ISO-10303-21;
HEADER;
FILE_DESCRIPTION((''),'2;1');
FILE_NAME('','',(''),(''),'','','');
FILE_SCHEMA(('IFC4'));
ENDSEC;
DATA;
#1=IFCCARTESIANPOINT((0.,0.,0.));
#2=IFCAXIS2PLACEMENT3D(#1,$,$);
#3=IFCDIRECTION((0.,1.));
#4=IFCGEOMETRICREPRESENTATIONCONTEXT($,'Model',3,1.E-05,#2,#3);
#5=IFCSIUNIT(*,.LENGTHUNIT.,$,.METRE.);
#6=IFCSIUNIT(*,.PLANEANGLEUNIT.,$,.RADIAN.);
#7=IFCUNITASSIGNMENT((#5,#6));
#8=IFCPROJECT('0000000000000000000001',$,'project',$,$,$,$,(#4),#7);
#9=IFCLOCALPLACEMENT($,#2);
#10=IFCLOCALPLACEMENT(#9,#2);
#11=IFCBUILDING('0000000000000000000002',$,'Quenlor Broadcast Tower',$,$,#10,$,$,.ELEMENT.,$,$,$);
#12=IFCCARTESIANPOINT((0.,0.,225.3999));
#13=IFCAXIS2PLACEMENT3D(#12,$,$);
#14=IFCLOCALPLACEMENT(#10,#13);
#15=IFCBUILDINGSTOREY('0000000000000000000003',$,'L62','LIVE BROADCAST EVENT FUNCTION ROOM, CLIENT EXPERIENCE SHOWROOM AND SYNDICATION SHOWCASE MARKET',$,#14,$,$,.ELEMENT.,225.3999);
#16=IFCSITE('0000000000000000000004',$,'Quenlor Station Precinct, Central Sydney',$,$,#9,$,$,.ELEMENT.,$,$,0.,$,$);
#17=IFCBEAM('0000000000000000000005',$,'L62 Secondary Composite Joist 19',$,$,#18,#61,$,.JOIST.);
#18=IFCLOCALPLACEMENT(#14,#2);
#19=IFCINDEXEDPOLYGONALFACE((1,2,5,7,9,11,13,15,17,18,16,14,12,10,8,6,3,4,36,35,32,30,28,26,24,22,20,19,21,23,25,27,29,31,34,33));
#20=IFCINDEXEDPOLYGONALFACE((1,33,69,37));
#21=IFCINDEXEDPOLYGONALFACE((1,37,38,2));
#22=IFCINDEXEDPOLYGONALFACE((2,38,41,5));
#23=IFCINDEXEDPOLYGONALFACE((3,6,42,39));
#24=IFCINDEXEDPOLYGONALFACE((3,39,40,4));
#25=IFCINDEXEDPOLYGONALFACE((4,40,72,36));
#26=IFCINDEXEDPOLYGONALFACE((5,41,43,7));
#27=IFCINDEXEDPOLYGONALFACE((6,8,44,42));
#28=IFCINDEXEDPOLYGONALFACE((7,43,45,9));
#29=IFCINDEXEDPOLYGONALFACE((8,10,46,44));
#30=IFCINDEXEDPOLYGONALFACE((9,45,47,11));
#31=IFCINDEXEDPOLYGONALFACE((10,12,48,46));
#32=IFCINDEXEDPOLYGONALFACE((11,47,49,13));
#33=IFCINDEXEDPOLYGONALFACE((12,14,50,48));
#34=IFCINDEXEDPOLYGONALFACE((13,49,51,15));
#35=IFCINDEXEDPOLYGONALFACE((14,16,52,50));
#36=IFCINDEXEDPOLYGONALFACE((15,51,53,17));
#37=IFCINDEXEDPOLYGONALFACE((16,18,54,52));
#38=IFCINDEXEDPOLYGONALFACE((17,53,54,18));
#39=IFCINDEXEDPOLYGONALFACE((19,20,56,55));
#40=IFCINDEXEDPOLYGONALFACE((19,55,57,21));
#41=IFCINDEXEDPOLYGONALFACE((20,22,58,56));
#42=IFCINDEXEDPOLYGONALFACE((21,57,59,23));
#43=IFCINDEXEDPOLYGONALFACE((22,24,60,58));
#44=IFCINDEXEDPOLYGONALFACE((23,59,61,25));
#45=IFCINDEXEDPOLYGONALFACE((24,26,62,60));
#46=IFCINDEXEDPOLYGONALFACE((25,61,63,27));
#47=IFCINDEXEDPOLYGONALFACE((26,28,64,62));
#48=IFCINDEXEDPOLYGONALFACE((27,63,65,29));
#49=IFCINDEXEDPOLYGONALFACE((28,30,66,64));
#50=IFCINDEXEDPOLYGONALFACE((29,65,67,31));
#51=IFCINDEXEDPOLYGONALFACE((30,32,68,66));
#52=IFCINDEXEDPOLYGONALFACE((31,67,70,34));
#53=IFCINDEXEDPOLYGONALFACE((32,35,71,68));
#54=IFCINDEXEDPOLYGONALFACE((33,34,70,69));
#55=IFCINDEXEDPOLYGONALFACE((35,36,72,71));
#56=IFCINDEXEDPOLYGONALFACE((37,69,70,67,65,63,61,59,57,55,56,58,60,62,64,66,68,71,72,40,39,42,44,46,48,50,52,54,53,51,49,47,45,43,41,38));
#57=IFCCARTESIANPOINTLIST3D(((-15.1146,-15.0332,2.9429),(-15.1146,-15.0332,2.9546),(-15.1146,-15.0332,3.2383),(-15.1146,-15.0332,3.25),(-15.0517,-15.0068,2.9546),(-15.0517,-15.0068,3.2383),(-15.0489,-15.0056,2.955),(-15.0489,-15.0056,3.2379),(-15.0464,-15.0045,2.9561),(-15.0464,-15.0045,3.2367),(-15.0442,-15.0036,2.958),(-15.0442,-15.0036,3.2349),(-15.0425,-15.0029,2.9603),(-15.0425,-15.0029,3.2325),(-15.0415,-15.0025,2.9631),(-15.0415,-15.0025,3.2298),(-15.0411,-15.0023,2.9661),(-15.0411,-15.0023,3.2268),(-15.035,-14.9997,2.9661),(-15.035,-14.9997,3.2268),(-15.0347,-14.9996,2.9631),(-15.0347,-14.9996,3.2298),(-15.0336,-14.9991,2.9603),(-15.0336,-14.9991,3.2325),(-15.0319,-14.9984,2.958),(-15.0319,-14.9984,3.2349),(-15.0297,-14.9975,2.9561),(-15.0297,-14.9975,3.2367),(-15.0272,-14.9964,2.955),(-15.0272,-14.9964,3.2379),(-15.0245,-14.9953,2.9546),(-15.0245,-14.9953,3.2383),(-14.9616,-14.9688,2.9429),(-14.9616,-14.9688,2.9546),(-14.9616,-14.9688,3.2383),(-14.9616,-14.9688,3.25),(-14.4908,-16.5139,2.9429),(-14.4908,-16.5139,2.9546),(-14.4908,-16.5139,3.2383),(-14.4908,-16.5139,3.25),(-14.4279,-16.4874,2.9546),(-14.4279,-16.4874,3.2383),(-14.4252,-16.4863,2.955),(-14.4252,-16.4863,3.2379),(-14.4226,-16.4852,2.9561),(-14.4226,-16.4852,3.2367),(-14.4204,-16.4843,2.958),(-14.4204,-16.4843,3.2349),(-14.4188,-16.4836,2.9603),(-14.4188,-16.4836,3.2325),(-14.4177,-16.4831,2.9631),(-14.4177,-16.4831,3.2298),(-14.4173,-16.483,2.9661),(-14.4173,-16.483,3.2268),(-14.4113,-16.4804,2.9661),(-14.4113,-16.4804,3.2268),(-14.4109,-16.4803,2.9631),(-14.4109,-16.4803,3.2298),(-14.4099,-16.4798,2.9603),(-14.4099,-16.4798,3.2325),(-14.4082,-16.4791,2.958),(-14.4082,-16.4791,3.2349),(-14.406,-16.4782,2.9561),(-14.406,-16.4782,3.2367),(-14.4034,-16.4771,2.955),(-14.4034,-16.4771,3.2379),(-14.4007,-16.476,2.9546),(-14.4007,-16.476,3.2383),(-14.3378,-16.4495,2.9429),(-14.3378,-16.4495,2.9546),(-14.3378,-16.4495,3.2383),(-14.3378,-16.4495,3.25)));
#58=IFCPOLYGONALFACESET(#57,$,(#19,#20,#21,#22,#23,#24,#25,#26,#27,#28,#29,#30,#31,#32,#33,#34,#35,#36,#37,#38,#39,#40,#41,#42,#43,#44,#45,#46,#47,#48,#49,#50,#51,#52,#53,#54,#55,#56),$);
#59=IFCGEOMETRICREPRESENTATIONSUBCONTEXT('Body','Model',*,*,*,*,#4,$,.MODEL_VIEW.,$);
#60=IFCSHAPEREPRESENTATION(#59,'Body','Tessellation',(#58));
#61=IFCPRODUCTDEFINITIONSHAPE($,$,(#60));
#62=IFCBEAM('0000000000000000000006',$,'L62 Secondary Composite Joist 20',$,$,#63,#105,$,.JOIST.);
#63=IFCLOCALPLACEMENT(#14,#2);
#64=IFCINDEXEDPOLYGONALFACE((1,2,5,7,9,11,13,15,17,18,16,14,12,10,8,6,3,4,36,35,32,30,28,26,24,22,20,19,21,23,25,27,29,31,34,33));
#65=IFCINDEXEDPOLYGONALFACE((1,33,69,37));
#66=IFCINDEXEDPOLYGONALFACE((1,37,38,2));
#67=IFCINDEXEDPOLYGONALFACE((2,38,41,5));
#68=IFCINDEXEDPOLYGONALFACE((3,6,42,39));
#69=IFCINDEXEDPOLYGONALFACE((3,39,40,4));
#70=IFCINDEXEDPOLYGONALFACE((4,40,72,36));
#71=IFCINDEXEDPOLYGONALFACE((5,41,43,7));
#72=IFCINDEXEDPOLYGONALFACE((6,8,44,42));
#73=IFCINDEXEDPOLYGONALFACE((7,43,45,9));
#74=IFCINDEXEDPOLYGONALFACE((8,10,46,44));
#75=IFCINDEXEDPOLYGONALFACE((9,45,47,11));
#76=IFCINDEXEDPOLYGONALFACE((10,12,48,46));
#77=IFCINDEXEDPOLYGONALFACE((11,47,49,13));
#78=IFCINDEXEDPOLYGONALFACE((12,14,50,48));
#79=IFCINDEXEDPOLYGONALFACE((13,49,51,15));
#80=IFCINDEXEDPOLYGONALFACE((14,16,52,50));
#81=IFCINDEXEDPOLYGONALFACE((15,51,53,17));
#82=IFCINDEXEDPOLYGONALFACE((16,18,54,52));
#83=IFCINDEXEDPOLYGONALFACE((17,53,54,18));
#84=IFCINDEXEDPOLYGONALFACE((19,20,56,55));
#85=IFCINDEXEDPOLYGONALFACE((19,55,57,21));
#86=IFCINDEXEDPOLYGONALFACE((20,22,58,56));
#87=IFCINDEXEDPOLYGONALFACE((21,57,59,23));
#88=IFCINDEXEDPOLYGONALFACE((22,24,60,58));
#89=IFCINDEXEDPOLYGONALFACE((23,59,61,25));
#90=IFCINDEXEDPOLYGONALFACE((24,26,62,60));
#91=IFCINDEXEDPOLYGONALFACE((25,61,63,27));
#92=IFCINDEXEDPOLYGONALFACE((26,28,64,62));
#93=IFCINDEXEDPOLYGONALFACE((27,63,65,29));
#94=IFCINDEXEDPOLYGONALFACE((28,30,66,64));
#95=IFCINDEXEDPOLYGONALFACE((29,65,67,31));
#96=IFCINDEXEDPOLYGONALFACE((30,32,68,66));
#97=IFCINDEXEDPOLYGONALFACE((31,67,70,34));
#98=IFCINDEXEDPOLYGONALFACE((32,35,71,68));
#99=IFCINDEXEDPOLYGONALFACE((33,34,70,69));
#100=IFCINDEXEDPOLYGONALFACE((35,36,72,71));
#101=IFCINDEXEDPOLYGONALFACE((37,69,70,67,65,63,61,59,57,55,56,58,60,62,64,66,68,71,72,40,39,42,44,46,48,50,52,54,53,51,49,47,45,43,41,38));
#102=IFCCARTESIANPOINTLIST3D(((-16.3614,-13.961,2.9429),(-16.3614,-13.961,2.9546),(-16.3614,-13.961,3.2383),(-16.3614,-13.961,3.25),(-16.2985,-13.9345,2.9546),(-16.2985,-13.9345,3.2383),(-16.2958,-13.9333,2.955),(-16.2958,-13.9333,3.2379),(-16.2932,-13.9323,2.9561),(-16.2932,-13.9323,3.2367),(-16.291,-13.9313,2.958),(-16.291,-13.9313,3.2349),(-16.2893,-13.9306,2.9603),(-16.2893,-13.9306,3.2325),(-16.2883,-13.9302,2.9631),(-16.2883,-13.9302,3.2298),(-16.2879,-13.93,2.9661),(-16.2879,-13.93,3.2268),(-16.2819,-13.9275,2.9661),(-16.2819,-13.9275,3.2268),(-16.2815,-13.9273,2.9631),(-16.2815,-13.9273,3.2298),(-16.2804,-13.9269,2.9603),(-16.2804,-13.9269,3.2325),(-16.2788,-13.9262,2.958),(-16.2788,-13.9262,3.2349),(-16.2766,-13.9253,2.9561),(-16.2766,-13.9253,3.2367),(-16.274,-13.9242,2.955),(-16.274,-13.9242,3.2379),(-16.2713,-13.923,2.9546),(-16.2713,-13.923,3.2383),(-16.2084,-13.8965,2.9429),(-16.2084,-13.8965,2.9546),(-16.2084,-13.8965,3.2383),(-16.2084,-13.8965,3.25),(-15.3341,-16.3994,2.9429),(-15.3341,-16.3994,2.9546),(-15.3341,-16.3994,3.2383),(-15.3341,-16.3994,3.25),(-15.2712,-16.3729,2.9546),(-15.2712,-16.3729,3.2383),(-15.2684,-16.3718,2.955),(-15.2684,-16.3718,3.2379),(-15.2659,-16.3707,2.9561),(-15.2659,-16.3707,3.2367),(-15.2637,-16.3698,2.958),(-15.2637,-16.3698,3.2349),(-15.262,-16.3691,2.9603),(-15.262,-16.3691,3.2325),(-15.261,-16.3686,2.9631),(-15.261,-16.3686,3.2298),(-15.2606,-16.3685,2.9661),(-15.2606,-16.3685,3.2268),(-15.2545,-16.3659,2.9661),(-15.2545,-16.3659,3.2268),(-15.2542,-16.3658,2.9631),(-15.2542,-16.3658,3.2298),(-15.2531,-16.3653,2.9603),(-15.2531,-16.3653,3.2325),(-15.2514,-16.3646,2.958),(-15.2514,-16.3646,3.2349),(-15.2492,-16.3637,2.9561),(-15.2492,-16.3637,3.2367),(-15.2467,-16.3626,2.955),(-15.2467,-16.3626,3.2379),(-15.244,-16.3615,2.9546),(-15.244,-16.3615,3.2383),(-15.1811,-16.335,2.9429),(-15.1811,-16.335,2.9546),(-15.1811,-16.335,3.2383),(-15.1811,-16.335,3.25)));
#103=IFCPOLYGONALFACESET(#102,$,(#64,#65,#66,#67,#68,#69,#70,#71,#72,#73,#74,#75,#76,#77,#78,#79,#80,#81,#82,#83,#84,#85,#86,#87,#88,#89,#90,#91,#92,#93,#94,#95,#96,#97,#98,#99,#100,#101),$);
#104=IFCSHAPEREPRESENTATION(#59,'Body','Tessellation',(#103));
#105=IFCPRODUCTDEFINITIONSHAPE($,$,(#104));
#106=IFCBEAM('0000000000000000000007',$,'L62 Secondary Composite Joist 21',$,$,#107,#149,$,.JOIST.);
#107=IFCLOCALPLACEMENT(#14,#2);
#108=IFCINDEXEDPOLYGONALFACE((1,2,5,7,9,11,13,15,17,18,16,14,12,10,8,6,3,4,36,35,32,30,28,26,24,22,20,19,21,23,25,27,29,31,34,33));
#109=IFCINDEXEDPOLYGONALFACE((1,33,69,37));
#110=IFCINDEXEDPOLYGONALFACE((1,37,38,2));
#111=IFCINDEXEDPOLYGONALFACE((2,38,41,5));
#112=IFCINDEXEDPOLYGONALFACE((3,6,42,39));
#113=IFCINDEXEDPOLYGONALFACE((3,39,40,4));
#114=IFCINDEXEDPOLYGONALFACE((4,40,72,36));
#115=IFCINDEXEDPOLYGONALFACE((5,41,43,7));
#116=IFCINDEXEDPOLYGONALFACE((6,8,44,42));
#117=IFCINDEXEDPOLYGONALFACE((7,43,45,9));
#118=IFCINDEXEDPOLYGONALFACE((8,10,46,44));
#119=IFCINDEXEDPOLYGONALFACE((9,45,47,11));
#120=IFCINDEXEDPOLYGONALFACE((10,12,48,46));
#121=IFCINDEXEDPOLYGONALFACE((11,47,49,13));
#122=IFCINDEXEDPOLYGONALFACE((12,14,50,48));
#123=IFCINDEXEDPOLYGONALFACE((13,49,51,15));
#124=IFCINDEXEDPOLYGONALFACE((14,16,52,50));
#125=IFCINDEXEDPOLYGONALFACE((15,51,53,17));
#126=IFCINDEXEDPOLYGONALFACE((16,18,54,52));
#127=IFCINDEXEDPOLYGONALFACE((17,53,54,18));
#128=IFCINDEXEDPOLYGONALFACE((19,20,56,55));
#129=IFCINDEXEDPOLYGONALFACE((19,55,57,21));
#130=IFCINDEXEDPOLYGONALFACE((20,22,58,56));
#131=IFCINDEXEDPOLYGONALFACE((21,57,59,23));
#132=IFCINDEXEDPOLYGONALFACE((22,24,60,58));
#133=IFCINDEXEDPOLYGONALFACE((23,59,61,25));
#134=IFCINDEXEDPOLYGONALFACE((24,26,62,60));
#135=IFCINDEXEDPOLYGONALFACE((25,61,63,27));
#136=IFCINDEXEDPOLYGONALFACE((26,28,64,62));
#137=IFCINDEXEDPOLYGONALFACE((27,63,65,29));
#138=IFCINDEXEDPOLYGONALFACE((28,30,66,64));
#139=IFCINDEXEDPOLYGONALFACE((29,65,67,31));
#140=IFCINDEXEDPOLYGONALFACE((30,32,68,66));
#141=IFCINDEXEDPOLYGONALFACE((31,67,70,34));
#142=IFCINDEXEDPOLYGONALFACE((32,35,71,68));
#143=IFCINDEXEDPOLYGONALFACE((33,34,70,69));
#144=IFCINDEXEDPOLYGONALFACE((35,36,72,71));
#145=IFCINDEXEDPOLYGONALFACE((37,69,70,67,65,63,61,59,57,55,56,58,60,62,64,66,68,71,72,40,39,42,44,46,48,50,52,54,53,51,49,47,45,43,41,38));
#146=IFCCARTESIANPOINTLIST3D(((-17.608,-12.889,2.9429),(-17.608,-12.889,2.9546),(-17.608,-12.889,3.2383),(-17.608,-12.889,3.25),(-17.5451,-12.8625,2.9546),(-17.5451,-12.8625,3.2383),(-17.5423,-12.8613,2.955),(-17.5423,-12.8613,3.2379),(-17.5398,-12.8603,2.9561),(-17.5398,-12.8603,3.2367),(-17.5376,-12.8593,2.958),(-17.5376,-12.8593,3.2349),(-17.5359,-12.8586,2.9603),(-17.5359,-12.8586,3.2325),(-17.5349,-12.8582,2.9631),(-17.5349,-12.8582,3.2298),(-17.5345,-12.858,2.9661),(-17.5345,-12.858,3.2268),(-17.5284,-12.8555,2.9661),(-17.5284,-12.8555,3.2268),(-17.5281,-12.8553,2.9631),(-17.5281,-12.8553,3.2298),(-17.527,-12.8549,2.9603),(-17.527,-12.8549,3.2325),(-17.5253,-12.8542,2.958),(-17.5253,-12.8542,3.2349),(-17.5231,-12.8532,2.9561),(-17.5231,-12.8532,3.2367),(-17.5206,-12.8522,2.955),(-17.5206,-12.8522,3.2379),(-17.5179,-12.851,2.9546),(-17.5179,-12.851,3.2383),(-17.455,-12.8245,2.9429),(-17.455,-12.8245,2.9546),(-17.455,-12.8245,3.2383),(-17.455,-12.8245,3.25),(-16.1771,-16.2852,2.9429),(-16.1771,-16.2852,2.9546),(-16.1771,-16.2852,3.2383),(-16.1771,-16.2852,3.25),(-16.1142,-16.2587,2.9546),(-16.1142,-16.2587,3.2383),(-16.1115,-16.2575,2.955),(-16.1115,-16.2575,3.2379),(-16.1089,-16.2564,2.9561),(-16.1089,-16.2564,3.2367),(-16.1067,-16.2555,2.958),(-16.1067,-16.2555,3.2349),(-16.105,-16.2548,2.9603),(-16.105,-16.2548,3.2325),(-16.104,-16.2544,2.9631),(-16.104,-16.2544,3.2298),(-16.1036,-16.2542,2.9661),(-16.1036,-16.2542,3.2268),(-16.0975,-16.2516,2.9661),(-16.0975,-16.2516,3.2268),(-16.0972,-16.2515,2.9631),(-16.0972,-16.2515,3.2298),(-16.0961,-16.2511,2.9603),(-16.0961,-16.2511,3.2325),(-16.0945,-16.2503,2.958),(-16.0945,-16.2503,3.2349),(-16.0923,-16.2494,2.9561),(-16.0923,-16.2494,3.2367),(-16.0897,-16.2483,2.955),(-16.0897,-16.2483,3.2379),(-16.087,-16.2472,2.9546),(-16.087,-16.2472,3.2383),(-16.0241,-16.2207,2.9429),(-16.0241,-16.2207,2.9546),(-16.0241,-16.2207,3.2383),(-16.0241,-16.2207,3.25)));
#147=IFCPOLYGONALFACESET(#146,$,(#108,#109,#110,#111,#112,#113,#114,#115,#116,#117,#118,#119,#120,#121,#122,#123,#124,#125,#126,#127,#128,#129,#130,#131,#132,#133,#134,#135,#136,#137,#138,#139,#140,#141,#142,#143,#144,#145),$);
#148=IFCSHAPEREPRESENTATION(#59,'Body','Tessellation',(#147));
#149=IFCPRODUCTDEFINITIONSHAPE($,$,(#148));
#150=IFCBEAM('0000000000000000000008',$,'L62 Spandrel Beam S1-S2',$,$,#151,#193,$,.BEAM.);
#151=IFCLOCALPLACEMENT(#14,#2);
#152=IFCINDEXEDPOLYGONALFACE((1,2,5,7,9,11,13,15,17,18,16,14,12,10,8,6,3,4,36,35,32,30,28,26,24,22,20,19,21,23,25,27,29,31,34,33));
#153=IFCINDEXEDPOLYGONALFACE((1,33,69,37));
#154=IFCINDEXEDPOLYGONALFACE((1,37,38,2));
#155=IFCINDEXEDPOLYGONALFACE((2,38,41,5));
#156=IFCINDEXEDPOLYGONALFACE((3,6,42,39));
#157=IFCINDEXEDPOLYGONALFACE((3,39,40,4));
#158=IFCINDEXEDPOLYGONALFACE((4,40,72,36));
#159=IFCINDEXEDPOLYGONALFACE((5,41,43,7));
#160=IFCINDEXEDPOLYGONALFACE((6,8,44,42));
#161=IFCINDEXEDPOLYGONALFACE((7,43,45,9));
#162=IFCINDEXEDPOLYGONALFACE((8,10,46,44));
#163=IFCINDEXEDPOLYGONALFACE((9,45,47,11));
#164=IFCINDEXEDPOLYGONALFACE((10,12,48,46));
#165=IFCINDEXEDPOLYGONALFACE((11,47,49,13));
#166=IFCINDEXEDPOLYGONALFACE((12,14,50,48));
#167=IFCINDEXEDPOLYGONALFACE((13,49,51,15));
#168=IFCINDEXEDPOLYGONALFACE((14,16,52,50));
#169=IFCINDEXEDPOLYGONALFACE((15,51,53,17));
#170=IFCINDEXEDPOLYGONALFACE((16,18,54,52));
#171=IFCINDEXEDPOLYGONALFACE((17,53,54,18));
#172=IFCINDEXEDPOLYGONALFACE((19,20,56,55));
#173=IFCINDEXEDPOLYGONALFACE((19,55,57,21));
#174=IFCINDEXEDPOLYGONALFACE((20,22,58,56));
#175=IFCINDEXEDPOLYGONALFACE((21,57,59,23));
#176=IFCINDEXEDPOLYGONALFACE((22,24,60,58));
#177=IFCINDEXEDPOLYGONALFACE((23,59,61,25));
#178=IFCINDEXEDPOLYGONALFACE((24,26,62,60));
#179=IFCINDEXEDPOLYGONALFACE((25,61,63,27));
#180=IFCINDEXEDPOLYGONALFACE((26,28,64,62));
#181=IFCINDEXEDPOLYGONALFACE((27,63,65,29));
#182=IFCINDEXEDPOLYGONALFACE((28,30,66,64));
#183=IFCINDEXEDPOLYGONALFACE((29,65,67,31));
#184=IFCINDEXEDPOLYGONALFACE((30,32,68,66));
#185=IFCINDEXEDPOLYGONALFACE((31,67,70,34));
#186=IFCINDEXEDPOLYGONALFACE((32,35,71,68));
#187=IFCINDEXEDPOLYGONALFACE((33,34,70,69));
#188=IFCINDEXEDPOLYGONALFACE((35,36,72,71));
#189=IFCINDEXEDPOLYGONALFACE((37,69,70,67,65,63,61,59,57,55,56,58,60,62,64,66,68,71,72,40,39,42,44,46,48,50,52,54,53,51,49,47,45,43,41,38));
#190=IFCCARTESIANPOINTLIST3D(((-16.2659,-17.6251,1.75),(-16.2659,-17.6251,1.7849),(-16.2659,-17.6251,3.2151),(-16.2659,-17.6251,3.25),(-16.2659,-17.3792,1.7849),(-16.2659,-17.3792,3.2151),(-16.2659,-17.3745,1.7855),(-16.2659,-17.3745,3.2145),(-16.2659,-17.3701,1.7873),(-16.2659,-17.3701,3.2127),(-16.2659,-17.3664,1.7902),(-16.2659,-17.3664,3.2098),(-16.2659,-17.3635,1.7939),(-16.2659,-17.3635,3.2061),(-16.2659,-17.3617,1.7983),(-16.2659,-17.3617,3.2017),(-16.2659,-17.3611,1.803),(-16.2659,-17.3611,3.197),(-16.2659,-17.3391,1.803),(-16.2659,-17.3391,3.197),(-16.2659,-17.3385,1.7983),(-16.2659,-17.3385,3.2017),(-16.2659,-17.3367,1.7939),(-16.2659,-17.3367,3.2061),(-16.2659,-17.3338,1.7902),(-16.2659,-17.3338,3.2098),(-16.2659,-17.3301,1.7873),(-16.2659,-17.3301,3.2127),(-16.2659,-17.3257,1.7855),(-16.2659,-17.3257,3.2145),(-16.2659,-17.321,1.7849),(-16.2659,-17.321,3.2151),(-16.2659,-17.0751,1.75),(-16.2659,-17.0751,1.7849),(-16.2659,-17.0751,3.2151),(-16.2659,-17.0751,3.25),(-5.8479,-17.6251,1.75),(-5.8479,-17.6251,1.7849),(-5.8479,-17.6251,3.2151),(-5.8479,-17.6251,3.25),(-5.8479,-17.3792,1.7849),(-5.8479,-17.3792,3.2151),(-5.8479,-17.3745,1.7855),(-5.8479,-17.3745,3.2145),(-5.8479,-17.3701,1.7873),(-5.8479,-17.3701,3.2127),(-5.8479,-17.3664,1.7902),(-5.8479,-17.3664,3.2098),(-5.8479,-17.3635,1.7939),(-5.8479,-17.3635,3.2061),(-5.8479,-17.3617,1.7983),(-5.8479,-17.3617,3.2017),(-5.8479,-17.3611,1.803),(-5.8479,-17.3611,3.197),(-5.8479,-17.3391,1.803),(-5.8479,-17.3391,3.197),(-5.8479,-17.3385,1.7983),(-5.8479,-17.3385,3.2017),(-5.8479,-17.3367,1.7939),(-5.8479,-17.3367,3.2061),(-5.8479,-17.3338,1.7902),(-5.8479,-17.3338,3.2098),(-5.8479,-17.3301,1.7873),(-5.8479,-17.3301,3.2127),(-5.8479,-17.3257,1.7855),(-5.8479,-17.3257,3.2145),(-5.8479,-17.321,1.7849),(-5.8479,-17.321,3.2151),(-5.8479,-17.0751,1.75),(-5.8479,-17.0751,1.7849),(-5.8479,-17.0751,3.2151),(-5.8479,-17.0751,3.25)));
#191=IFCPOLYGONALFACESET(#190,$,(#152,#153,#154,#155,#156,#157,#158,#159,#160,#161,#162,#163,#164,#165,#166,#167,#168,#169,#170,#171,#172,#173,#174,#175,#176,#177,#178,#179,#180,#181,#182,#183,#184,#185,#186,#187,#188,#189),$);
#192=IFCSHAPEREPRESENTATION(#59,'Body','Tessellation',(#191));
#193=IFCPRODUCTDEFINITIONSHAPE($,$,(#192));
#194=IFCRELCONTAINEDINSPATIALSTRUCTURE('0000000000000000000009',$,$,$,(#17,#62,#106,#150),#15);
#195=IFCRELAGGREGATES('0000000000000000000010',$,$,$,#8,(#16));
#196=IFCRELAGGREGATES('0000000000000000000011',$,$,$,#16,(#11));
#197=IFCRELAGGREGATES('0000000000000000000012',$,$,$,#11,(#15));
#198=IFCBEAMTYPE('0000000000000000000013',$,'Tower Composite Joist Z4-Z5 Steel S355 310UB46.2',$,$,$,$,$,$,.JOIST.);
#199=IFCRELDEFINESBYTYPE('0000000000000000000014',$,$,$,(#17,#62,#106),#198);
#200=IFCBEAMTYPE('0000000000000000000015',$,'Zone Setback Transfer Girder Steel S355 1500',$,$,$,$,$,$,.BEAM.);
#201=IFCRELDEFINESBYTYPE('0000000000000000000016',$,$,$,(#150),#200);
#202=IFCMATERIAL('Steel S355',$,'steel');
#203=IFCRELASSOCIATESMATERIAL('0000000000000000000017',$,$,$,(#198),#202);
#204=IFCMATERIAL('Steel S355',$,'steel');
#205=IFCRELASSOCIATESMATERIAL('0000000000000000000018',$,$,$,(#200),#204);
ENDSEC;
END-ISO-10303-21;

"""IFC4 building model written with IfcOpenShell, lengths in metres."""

from ifc_helpers import new_model, si_unit, direction, frame, origin, origin_2d, place, context, subcontext, project, spatial, i_section, extrude, material, material_profile, profile_set, type_object, element, save


model = new_model("IFC4")

# Units and contexts
model_context = context("Model", 3, precision=1e-05, world=origin(), true_north=direction((0.0, 1.0)))
body_context = subcontext(model_context, "Body", "Model", "MODEL_VIEW")
ifc_project = project(units=[si_unit("LENGTHUNIT", "METRE"), si_unit("PLANEANGLEUNIT", "RADIAN")], contexts=[model_context])

# Site, building, storey
site_placement = place(None, origin())
site = spatial("IfcSite", under=ifc_project, at=site_placement, Name="Quenlor Station Precinct, Central Sydney", CompositionType="ELEMENT", RefElevation=0.0)
building_placement = place(site_placement, origin())
building = spatial("IfcBuilding", under=site, at=building_placement, Name="Quenlor Broadcast Tower", CompositionType="ELEMENT")
storey_placement = place(building_placement, frame((0.0, 0.0, 225.3999)))
storey = spatial("IfcBuildingStorey", under=building, at=storey_placement, Name="L62", Description="LIVE BROADCAST EVENT FUNCTION ROOM, CLIENT EXPERIENCE SHOWROOM AND SYNDICATION SHOWCASE MARKET", CompositionType="ELEMENT", Elevation=225.3999)

# Beams
ifc_material_1 = material(Name="Steel S355", Category="steel")
ifc_material_profile_1 = material_profile(ifc_material_1, i_section(OverallWidth=0.166, OverallDepth=0.3071, WebThickness=0.0066, FlangeThickness=0.0117, FilletRadius=0.0115, at=origin_2d()))
ifc_profile_set_1 = profile_set([ifc_material_profile_1], Name="Steel S355 310UB46.2")
beam_type_1 = type_object("IfcBeamType", Name="Tower Composite Joist Z4-Z5 Steel S355 310UB46.2", PredefinedType="JOIST", material=ifc_profile_set_1)
beam_1_placement = place(storey_placement, frame((-14.4143, -16.4817, 3.0964), z_axis=(-0.388227, 0.921564, 0.0), x_axis=(-0.921564, -0.388227, 0.0)))
element("IfcBeam", 1, at=beam_1_placement, inside=storey, type_object=beam_type_1, Name="L62 Secondary Composite Joist 19", PredefinedType="JOIST", context=body_context, shape_type="SweptSolid", body=[
    extrude(i_section(OverallWidth=0.166, OverallDepth=0.3071, WebThickness=0.0066, FlangeThickness=0.0117, FilletRadius=0.0115, at=origin_2d()), origin(), (0.0, 0.0, 1.0), 1.6067),
])
beam_2_placement = place(storey_placement, frame((-15.2576, -16.3672, 3.0964), z_axis=(-0.388255, 0.921552, 0.0), x_axis=(-0.921552, -0.388255, 0.0)))
element("IfcBeam", 2, at=beam_2_placement, inside=storey, type_object=beam_type_1, Name="L62 Secondary Composite Joist 20", PredefinedType="JOIST", context=body_context, shape_type="SweptSolid", body=[
    extrude(i_section(OverallWidth=0.166, OverallDepth=0.3071, WebThickness=0.0066, FlangeThickness=0.0117, FilletRadius=0.0115, at=origin_2d()), origin(), (0.0, 0.0, 1.0), 2.646),
])
beam_3_placement = place(storey_placement, frame((-16.1006, -16.2529, 3.0964), z_axis=(-0.388267, 0.921547, 0.0), x_axis=(-0.921547, -0.388267, 0.0)))
element("IfcBeam", 3, at=beam_3_placement, inside=storey, type_object=beam_type_1, Name="L62 Secondary Composite Joist 21", PredefinedType="JOIST", context=body_context, shape_type="SweptSolid", body=[
    extrude(i_section(OverallWidth=0.166, OverallDepth=0.3071, WebThickness=0.0066, FlangeThickness=0.0117, FilletRadius=0.0115, at=origin_2d()), origin(), (0.0, 0.0, 1.0), 3.6853),
])
ifc_material_2 = material(Name="Steel S355", Category="steel")
ifc_material_profile_2 = material_profile(ifc_material_2, i_section(OverallWidth=0.55, OverallDepth=1.5, WebThickness=0.022, FlangeThickness=0.0349, FilletRadius=0.0181, at=origin_2d()))
ifc_profile_set_2 = profile_set([ifc_material_profile_2], Name="Steel S355 1500TG510")
beam_type_2 = type_object("IfcBeamType", Name="Zone Setback Transfer Girder Steel S355 1500", PredefinedType="BEAM", material=ifc_profile_set_2)
beam_4_placement = place(storey_placement, frame((-16.2659, -17.3501, 2.5), z_axis=(1.0, 0.0, 0.0), x_axis=(0.0, 1.0, 0.0)))
element("IfcBeam", 4, at=beam_4_placement, inside=storey, type_object=beam_type_2, Name="L62 Spandrel Beam S1-S2", PredefinedType="BEAM", context=body_context, shape_type="SweptSolid", body=[
    extrude(i_section(OverallWidth=0.55, OverallDepth=1.5, WebThickness=0.022, FlangeThickness=0.0349, FilletRadius=0.0181, at=origin_2d()), origin(), (0.0, 0.0, 1.0), 10.418),
])

save(model, "model.ifc")
